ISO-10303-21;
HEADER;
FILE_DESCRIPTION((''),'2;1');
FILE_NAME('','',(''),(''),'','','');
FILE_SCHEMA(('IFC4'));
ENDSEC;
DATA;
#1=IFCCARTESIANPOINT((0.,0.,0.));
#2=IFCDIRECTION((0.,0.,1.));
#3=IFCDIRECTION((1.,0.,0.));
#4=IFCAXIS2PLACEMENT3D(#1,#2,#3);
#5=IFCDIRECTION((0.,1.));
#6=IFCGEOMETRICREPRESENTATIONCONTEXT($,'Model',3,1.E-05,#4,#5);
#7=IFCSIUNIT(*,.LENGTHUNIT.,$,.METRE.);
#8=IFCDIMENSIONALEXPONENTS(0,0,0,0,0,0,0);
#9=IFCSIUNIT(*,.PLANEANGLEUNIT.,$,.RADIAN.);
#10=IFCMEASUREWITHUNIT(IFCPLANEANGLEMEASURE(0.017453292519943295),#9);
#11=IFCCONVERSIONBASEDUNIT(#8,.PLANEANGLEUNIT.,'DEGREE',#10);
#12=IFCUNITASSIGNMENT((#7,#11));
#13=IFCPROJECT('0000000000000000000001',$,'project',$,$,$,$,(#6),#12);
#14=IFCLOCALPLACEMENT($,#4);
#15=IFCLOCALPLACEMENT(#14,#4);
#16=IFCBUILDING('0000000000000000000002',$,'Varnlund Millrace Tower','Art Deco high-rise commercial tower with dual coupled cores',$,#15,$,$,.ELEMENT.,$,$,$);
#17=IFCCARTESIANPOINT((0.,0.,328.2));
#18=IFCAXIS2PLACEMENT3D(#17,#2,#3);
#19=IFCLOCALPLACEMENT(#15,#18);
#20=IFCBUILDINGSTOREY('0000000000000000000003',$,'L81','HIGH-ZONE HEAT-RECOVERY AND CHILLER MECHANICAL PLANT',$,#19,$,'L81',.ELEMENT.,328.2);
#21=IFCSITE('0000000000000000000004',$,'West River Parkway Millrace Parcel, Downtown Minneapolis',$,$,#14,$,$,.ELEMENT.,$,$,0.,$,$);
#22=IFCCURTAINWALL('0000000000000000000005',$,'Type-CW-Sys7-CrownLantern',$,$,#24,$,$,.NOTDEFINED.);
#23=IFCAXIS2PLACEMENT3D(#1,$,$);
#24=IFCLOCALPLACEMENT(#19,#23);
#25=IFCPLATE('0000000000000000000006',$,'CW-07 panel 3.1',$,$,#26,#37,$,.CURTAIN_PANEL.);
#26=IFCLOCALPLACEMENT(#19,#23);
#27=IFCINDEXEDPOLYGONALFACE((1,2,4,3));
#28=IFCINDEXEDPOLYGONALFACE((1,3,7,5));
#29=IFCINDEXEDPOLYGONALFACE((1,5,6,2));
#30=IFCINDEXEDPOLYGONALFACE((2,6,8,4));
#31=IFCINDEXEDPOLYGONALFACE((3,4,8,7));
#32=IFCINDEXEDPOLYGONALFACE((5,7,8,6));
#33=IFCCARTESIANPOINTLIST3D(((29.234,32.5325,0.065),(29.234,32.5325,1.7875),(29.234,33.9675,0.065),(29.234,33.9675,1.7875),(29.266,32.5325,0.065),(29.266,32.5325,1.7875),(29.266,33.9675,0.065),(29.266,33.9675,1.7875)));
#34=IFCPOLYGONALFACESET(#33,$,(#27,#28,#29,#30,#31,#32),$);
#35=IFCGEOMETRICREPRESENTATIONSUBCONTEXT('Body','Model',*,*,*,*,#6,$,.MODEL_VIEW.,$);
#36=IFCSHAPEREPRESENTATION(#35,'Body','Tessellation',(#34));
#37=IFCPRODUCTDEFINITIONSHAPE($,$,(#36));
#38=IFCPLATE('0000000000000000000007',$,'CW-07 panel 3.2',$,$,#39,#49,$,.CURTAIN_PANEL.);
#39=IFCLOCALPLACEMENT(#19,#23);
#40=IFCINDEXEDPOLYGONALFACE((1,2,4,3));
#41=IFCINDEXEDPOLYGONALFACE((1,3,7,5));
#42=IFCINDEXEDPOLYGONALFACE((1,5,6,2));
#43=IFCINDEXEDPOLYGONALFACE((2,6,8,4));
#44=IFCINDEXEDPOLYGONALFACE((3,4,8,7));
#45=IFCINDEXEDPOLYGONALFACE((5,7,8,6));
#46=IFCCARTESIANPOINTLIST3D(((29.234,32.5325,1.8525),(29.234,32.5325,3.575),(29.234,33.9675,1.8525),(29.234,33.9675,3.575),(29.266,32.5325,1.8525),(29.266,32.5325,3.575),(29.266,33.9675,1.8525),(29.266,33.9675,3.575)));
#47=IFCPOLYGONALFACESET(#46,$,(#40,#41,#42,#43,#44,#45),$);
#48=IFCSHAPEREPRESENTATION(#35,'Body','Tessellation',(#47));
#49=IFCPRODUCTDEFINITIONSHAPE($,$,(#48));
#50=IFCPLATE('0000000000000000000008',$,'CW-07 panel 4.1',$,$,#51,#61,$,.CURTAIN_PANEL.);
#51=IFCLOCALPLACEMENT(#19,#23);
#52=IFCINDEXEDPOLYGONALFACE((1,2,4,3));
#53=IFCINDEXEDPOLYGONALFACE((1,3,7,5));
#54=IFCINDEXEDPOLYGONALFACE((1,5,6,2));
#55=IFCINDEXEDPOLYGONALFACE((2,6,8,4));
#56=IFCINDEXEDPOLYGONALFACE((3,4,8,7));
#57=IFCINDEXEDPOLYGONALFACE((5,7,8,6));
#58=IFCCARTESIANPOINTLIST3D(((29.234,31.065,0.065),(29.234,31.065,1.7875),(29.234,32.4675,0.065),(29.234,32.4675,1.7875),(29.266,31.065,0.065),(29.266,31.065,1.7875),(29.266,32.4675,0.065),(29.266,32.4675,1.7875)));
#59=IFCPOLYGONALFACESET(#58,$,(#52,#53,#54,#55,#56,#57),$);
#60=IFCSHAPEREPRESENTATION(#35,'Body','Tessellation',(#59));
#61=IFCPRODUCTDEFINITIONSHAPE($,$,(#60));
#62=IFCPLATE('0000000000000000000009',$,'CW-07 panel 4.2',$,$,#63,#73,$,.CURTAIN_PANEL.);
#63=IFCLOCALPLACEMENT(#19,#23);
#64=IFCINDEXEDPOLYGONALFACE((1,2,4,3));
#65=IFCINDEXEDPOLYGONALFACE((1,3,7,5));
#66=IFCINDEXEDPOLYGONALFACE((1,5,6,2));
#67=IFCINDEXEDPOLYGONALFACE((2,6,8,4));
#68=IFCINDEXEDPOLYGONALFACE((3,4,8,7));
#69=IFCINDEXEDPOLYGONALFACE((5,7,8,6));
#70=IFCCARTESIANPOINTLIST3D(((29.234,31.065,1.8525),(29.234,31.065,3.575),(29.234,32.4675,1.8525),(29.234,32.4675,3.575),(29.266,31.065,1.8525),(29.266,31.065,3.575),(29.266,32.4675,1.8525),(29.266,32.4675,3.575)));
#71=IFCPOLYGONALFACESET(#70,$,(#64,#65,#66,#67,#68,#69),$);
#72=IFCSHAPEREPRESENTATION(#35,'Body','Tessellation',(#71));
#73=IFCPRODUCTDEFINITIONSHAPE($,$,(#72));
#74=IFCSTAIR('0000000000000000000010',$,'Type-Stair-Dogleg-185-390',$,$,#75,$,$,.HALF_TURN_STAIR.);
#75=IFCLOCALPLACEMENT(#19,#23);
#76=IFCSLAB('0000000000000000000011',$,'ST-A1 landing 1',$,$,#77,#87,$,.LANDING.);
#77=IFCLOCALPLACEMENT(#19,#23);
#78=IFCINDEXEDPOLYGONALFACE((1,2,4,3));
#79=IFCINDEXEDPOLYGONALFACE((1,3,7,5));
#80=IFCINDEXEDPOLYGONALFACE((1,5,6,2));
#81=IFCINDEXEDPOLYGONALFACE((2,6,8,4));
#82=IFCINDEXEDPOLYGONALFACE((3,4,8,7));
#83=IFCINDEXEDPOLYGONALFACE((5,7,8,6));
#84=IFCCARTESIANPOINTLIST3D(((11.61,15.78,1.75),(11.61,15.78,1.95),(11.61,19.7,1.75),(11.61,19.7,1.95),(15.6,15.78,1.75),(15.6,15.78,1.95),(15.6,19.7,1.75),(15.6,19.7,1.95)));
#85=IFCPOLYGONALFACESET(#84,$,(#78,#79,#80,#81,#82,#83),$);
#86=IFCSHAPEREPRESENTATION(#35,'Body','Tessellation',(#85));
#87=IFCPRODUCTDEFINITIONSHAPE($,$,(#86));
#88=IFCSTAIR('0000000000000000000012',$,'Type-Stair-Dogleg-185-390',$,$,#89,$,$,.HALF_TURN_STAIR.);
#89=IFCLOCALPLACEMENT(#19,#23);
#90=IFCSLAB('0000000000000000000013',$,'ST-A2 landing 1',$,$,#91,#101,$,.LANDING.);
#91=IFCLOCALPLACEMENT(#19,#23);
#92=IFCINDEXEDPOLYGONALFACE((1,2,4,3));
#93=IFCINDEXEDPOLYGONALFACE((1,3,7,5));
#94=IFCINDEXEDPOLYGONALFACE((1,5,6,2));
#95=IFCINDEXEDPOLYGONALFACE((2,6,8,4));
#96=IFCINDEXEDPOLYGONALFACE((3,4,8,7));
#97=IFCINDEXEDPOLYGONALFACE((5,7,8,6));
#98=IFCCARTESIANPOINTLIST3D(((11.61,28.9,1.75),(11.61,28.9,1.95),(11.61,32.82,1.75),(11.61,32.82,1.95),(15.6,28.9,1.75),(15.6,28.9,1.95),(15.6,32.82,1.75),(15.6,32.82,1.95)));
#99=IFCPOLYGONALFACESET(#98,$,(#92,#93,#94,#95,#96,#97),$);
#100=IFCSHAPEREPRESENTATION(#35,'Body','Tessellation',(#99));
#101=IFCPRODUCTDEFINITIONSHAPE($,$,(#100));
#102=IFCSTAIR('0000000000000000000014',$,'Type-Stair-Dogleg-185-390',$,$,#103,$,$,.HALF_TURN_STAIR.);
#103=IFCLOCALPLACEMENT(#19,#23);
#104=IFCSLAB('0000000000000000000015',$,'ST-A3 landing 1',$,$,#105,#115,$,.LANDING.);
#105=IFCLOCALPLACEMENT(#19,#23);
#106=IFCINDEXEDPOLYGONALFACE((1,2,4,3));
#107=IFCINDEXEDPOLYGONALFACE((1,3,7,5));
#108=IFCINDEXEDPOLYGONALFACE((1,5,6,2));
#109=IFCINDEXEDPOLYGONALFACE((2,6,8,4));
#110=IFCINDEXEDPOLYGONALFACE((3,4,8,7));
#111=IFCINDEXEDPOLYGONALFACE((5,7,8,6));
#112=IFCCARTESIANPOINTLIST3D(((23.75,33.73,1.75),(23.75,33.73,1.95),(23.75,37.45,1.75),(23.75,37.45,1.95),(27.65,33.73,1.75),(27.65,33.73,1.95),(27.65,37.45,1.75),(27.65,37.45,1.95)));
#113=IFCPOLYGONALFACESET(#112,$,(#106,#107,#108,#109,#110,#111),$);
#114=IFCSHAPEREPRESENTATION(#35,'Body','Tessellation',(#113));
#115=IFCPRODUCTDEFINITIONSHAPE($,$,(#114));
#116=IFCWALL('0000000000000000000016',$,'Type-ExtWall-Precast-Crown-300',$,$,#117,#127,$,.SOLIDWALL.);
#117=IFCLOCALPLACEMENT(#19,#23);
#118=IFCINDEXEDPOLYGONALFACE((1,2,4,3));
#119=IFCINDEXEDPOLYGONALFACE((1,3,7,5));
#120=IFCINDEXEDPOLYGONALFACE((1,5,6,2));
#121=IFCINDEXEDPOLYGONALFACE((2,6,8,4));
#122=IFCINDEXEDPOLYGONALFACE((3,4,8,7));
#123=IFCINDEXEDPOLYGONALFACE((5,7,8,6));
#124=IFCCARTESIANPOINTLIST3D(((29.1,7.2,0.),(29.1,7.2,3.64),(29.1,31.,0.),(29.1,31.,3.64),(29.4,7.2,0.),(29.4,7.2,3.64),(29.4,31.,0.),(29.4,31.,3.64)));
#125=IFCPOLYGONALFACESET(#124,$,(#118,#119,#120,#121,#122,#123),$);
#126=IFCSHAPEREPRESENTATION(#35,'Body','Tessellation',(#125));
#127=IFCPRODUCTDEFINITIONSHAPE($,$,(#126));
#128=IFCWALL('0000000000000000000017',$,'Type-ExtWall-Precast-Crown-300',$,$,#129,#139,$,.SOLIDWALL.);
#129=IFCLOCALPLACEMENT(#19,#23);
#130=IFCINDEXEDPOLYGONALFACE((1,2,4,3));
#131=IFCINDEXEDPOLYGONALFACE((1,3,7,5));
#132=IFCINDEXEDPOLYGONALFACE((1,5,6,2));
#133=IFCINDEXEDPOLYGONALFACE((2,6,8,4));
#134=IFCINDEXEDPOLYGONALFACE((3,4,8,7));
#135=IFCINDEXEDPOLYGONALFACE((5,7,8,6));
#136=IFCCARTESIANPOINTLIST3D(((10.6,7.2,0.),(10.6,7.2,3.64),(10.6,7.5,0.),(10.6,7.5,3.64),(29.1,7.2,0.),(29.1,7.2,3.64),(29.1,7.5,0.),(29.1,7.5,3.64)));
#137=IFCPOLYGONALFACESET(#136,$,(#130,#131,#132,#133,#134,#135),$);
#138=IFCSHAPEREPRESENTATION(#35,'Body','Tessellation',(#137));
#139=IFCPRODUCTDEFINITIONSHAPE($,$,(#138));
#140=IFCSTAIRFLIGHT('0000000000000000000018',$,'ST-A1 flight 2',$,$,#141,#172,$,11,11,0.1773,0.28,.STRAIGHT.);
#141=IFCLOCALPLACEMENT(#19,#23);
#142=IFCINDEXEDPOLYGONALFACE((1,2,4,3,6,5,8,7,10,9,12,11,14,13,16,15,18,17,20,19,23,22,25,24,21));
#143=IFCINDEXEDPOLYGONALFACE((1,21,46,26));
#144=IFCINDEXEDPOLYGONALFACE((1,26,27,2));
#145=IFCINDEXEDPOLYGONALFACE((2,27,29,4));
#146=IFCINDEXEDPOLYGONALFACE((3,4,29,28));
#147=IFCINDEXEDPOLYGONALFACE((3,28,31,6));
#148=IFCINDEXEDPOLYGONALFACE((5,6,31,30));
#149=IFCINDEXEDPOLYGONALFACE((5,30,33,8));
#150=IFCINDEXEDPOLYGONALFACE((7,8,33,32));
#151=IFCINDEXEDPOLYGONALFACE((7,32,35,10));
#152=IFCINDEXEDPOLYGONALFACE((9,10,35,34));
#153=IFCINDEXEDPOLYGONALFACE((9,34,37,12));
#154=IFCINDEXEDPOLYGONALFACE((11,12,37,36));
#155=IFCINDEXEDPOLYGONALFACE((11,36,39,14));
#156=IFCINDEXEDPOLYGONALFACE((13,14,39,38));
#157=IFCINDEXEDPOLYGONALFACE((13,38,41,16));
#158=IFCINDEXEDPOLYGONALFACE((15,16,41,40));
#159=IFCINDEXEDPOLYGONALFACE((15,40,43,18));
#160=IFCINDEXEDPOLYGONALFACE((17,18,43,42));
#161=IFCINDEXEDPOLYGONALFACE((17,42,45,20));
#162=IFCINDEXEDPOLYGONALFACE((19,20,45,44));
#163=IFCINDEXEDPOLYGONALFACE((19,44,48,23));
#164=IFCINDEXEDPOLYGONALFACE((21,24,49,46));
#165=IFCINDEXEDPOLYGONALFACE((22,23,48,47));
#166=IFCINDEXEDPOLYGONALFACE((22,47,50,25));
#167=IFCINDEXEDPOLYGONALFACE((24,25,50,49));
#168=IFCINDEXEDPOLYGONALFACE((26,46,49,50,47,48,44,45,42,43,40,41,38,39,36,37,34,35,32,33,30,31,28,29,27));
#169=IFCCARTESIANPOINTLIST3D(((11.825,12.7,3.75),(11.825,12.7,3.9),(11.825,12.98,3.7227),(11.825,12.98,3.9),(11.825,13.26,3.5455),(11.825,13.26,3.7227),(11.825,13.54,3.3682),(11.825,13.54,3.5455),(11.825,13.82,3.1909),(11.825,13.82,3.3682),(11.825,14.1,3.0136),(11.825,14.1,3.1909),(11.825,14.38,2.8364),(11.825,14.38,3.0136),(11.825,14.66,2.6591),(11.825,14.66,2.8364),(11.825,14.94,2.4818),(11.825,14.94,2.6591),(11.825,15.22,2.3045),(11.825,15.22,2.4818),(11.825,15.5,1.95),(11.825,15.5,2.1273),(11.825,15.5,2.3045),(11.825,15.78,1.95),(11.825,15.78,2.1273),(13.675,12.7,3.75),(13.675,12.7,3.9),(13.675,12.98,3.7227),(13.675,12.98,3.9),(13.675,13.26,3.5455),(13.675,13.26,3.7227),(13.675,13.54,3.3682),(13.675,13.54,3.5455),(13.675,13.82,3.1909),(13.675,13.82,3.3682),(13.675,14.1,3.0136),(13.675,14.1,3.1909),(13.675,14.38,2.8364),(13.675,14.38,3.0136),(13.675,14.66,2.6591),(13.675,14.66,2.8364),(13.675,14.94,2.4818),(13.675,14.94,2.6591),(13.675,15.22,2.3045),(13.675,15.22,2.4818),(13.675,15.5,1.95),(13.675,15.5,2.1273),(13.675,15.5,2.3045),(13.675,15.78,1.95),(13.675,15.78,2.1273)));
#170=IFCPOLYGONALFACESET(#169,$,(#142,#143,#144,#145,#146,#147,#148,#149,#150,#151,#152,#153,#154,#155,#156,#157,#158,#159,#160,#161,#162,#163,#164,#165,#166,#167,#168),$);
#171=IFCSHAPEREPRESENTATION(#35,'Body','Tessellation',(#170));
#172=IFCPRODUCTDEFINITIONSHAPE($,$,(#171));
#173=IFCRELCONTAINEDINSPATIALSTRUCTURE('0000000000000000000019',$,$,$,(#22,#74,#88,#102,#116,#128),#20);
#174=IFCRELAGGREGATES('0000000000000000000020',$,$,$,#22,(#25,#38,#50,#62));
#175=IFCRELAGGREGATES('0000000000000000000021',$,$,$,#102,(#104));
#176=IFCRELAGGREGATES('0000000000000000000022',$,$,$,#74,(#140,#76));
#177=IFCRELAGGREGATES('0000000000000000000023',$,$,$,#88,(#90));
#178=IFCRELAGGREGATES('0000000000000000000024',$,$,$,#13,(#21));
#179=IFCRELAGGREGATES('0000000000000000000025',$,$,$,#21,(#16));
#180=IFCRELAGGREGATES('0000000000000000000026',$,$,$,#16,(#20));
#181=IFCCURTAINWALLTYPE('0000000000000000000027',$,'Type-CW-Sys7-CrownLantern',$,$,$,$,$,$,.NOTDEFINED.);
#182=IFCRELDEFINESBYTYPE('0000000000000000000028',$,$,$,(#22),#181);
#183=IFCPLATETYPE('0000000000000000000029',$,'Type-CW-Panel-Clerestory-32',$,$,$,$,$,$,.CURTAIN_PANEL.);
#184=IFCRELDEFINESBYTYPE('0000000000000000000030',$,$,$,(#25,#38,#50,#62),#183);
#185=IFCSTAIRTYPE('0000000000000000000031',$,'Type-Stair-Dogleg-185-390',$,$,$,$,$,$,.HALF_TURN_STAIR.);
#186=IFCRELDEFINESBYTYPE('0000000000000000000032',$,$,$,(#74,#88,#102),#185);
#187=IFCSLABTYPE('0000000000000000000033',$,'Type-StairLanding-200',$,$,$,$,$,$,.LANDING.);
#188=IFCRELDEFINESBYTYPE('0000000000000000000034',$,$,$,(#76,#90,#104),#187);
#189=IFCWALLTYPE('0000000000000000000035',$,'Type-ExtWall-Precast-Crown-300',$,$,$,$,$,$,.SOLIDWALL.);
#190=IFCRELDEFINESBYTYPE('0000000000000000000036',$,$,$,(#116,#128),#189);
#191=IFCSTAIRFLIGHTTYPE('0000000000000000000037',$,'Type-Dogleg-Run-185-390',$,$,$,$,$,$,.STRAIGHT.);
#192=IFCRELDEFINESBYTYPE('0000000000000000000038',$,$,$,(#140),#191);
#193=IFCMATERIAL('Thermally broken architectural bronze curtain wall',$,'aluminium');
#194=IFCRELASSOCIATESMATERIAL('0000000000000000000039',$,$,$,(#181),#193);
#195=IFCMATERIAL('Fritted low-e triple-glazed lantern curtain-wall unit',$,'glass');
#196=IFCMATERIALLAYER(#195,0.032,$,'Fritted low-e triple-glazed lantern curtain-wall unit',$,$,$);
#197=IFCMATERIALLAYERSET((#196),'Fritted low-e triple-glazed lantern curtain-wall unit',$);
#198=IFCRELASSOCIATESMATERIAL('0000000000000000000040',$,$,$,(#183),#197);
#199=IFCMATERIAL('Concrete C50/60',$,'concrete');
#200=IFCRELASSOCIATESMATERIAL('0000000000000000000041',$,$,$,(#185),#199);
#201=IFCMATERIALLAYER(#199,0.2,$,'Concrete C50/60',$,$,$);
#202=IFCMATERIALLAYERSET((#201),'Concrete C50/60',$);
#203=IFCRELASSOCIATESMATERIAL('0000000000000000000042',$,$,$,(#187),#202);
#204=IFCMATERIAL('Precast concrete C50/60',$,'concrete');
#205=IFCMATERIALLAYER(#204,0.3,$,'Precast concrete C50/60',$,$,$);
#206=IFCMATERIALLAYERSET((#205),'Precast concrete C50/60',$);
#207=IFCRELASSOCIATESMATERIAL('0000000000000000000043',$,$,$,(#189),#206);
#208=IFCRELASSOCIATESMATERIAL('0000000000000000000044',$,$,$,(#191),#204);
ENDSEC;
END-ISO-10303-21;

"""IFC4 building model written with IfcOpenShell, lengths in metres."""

from ifc_helpers import new_model, entity, si_unit, converted_unit, direction, frame, origin_with_axes, origin_2d_with_axis, place, context, subcontext, project, spatial, polyline, rectangle, outline, extrude, material, layer, layer_set, type_object, element, aggregate, save


model = new_model("IFC4")

# Units and contexts
model_context = context("Model", 3, precision=1e-05, world=origin_with_axes(), true_north=direction((0.0, 1.0)))
body_context = subcontext(model_context, "Body", "Model", "MODEL_VIEW")
ifc_project = project(units=[si_unit("LENGTHUNIT", "METRE"), converted_unit("PLANEANGLEUNIT", "DEGREE", entity("IfcPlaneAngleMeasure", 0.017453292519943295), si_unit("PLANEANGLEUNIT", "RADIAN"), dimensions=[0, 0, 0, 0, 0, 0, 0])], contexts=[model_context])

# Site, building, storey
site_placement = place(None, origin_with_axes())
site = spatial("IfcSite", under=ifc_project, at=site_placement, Name="West River Parkway Millrace Parcel, Downtown Minneapolis", CompositionType="ELEMENT", RefElevation=0.0)
building_placement = place(site_placement, origin_with_axes())
building = spatial("IfcBuilding", under=site, at=building_placement, Name="Varnlund Millrace Tower", Description="Art Deco high-rise commercial tower with dual coupled cores", CompositionType="ELEMENT")
storey_placement = place(building_placement, frame((0.0, 0.0, 328.2), z_axis=(0.0, 0.0, 1.0), x_axis=(1.0, 0.0, 0.0)))
storey = spatial("IfcBuildingStorey", under=building, at=storey_placement, Name="L81", Description="HIGH-ZONE HEAT-RECOVERY AND CHILLER MECHANICAL PLANT", LongName="L81", CompositionType="ELEMENT", Elevation=328.2)

# Curtain wall
ifc_material_1 = material(Name="Thermally broken architectural bronze curtain wall", Category="aluminium")
curtain_wall_type = type_object("IfcCurtainWallType", Name="Type-CW-Sys7-CrownLantern", PredefinedType="NOTDEFINED", material=ifc_material_1)
curtain_wall_placement = place(storey_placement, frame((29.25, 37.0, 0.0), z_axis=(0.0, 0.0, 1.0), x_axis=(1.0, 0.0, 0.0)))
curtain_wall = element("IfcCurtainWall", 1, at=curtain_wall_placement, inside=storey, type_object=curtain_wall_type, Name="Type-CW-Sys7-CrownLantern", PredefinedType="NOTDEFINED")

# Plates
ifc_material_2 = material(Name="Fritted low-e triple-glazed lantern curtain-wall unit", Category="glass")
ifc_layer_1 = layer(ifc_material_2, 0.032, Name="Fritted low-e triple-glazed lantern curtain-wall unit")
ifc_layer_set_1 = layer_set([ifc_layer_1], Name="Fritted low-e triple-glazed lantern curtain-wall unit")
plate_type = type_object("IfcPlateType", Name="Type-CW-Panel-Clerestory-32", PredefinedType="CURTAIN_PANEL", material=ifc_layer_set_1)
plate_1_placement = place(storey_placement, frame((29.25, 33.25, 0.065), z_axis=(0.0, 0.0, 1.0), x_axis=(0.0, -1.0, 0.0)))
plate_1 = element("IfcPlate", 2, at=plate_1_placement, type_object=plate_type, Name="CW-07 panel 3.1", PredefinedType="CURTAIN_PANEL", context=body_context, shape_type="SweptSolid", body=[
    extrude(rectangle(XDim=1.435, YDim=0.032, at=origin_2d_with_axis()), origin_with_axes(), (0.0, 0.0, 1.0), 1.7225),
])
plate_2_placement = place(storey_placement, frame((29.25, 33.25, 1.8525), z_axis=(0.0, 0.0, 1.0), x_axis=(0.0, -1.0, 0.0)))
plate_2 = element("IfcPlate", 3, at=plate_2_placement, type_object=plate_type, Name="CW-07 panel 3.2", PredefinedType="CURTAIN_PANEL", context=body_context, shape_type="SweptSolid", body=[
    extrude(rectangle(XDim=1.435, YDim=0.032, at=origin_2d_with_axis()), origin_with_axes(), (0.0, 0.0, 1.0), 1.7225),
])
plate_3_placement = place(storey_placement, frame((29.25, 31.7662, 0.065), z_axis=(0.0, 0.0, 1.0), x_axis=(0.0, -1.0, 0.0)))
plate_3 = element("IfcPlate", 4, at=plate_3_placement, type_object=plate_type, Name="CW-07 panel 4.1", PredefinedType="CURTAIN_PANEL", context=body_context, shape_type="SweptSolid", body=[
    extrude(rectangle(XDim=1.4025, YDim=0.032, at=origin_2d_with_axis()), origin_with_axes(), (0.0, 0.0, 1.0), 1.7225),
])
plate_4_placement = place(storey_placement, frame((29.25, 31.7662, 1.8525), z_axis=(0.0, 0.0, 1.0), x_axis=(0.0, -1.0, 0.0)))
plate_4 = element("IfcPlate", 5, at=plate_4_placement, type_object=plate_type, Name="CW-07 panel 4.2", PredefinedType="CURTAIN_PANEL", context=body_context, shape_type="SweptSolid", body=[
    extrude(rectangle(XDim=1.4025, YDim=0.032, at=origin_2d_with_axis()), origin_with_axes(), (0.0, 0.0, 1.0), 1.7225),
])
aggregate(curtain_wall, [plate_1, plate_2, plate_3, plate_4])

# Stairs, slabs
ifc_material_3 = material(Name="Concrete C50/60", Category="concrete")
stair_type = type_object("IfcStairType", Name="Type-Stair-Dogleg-185-390", PredefinedType="HALF_TURN_STAIR", material=ifc_material_3)
stair_1_placement = place(storey_placement, origin_with_axes())
stair_1 = element("IfcStair", 6, at=stair_1_placement, inside=storey, type_object=stair_type, Name="Type-Stair-Dogleg-185-390", PredefinedType="HALF_TURN_STAIR")
ifc_layer_2 = layer(ifc_material_3, 0.2, Name="Concrete C50/60")
ifc_layer_set_2 = layer_set([ifc_layer_2], Name="Concrete C50/60")
slab_type = type_object("IfcSlabType", Name="Type-StairLanding-200", PredefinedType="LANDING", material=ifc_layer_set_2)
slab_1_placement = place(storey_placement, frame((0.0, 0.0, 1.75), z_axis=(0.0, 0.0, 1.0), x_axis=(1.0, 0.0, 0.0)))
slab_1 = element("IfcSlab", 7, at=slab_1_placement, type_object=slab_type, Name="ST-A1 landing 1", PredefinedType="LANDING", context=body_context, shape_type="SweptSolid", body=[
    extrude(outline(polyline([(15.6, 15.78), (15.6, 19.7), (11.61, 19.7), (11.61, 15.78), (15.6, 15.78)])), origin_with_axes(), (0.0, 0.0, 1.0), 0.2),
])
stair_2_placement = place(storey_placement, origin_with_axes())
stair_2 = element("IfcStair", 8, at=stair_2_placement, inside=storey, type_object=stair_type, Name="Type-Stair-Dogleg-185-390", PredefinedType="HALF_TURN_STAIR")
slab_2_placement = place(storey_placement, frame((0.0, 0.0, 1.75), z_axis=(0.0, 0.0, 1.0), x_axis=(1.0, 0.0, 0.0)))
slab_2 = element("IfcSlab", 9, at=slab_2_placement, type_object=slab_type, Name="ST-A2 landing 1", PredefinedType="LANDING", context=body_context, shape_type="SweptSolid", body=[
    extrude(outline(polyline([(11.61, 32.82), (11.61, 28.9), (15.6, 28.9), (15.6, 32.82), (11.61, 32.82)])), origin_with_axes(), (0.0, 0.0, 1.0), 0.2),
])
stair_3_placement = place(storey_placement, origin_with_axes())
stair_3 = element("IfcStair", 10, at=stair_3_placement, inside=storey, type_object=stair_type, Name="Type-Stair-Dogleg-185-390", PredefinedType="HALF_TURN_STAIR")
slab_3_placement = place(storey_placement, frame((0.0, 0.0, 1.75), z_axis=(0.0, 0.0, 1.0), x_axis=(1.0, 0.0, 0.0)))
slab_3 = element("IfcSlab", 11, at=slab_3_placement, type_object=slab_type, Name="ST-A3 landing 1", PredefinedType="LANDING", context=body_context, shape_type="SweptSolid", body=[
    extrude(outline(polyline([(27.65, 33.73), (27.65, 37.45), (23.75, 37.45), (23.75, 33.73), (27.65, 33.73)])), origin_with_axes(), (0.0, 0.0, 1.0), 0.2),
])
aggregate(stair_3, [slab_3])

# Walls
ifc_material_4 = material(Name="Precast concrete C50/60", Category="concrete")
ifc_layer_3 = layer(ifc_material_4, 0.3, Name="Precast concrete C50/60")
ifc_layer_set_3 = layer_set([ifc_layer_3], Name="Precast concrete C50/60")
wall_type = type_object("IfcWallType", Name="Type-ExtWall-Precast-Crown-300", PredefinedType="SOLIDWALL", material=ifc_layer_set_3)
wall_1_placement = place(storey_placement, frame((29.25, 31.0, 0.0), z_axis=(0.0, 0.0, 1.0), x_axis=(0.0, -1.0, 0.0)))
element("IfcWall", 12, at=wall_1_placement, inside=storey, type_object=wall_type, Name="Type-ExtWall-Precast-Crown-300", PredefinedType="SOLIDWALL", context=body_context, shape_type="SweptSolid", body=[
    extrude(outline(polyline([(0.0, -0.15), (23.8, -0.15), (23.8, 0.15), (0.0, 0.15), (0.0, -0.15)])), origin_with_axes(), (0.0, 0.0, 1.0), 3.64),
])
wall_2_placement = place(storey_placement, frame((29.1, 7.35, 0.0), z_axis=(0.0, 0.0, 1.0), x_axis=(-1.0, 0.0, 0.0)))
element("IfcWall", 13, at=wall_2_placement, inside=storey, type_object=wall_type, Name="Type-ExtWall-Precast-Crown-300", PredefinedType="SOLIDWALL", context=body_context, shape_type="SweptSolid", body=[
    extrude(outline(polyline([(0.0, -0.15), (18.5, -0.15), (18.5, 0.15), (0.0, 0.15), (0.0, -0.15)])), origin_with_axes(), (0.0, 0.0, 1.0), 3.64),
])

# Stair flight
stair_flight_type = type_object("IfcStairFlightType", Name="Type-Dogleg-Run-185-390", PredefinedType="STRAIGHT", material=ifc_material_4)
stair_flight_1_placement = place(storey_placement, frame((13.675, 15.78, 1.95), z_axis=(-1.0, 0.0, 0.0), x_axis=(0.0, -1.0, 0.0)))
stair_flight_1 = element("IfcStairFlight", 14, at=stair_flight_1_placement, type_object=stair_flight_type, Name="ST-A1 flight 2", NumberOfRisers=11, NumberOfTreads=11, PredefinedType="STRAIGHT", RiserHeight=0.1773, TreadLength=0.28, context=body_context, shape_type="SweptSolid", body=[
    extrude(outline(polyline([(0.0, 0.0), (0.0, 0.1773), (0.28, 0.1773), (0.28, 0.3545), (0.56, 0.3545), (0.56, 0.5318), (0.84, 0.5318), (0.84, 0.7091), (1.12, 0.7091), (1.12, 0.8864), (1.4, 0.8864), (1.4, 1.0636), (1.68, 1.0636), (1.68, 1.2409), (1.96, 1.2409), (1.96, 1.4182), (2.24, 1.4182), (2.24, 1.5955), (2.52, 1.5955), (2.52, 1.7727), (2.8, 1.7727), (2.8, 1.95), (3.08, 1.95), (3.08, 1.8), (0.28, 0.0), (0.0, 0.0)])), origin_with_axes(), (0.0, 0.0, 1.0), 1.85),
])
aggregate(stair_1, [stair_flight_1, slab_1])
aggregate(stair_2, [slab_2])

save(model, "model.ifc")
